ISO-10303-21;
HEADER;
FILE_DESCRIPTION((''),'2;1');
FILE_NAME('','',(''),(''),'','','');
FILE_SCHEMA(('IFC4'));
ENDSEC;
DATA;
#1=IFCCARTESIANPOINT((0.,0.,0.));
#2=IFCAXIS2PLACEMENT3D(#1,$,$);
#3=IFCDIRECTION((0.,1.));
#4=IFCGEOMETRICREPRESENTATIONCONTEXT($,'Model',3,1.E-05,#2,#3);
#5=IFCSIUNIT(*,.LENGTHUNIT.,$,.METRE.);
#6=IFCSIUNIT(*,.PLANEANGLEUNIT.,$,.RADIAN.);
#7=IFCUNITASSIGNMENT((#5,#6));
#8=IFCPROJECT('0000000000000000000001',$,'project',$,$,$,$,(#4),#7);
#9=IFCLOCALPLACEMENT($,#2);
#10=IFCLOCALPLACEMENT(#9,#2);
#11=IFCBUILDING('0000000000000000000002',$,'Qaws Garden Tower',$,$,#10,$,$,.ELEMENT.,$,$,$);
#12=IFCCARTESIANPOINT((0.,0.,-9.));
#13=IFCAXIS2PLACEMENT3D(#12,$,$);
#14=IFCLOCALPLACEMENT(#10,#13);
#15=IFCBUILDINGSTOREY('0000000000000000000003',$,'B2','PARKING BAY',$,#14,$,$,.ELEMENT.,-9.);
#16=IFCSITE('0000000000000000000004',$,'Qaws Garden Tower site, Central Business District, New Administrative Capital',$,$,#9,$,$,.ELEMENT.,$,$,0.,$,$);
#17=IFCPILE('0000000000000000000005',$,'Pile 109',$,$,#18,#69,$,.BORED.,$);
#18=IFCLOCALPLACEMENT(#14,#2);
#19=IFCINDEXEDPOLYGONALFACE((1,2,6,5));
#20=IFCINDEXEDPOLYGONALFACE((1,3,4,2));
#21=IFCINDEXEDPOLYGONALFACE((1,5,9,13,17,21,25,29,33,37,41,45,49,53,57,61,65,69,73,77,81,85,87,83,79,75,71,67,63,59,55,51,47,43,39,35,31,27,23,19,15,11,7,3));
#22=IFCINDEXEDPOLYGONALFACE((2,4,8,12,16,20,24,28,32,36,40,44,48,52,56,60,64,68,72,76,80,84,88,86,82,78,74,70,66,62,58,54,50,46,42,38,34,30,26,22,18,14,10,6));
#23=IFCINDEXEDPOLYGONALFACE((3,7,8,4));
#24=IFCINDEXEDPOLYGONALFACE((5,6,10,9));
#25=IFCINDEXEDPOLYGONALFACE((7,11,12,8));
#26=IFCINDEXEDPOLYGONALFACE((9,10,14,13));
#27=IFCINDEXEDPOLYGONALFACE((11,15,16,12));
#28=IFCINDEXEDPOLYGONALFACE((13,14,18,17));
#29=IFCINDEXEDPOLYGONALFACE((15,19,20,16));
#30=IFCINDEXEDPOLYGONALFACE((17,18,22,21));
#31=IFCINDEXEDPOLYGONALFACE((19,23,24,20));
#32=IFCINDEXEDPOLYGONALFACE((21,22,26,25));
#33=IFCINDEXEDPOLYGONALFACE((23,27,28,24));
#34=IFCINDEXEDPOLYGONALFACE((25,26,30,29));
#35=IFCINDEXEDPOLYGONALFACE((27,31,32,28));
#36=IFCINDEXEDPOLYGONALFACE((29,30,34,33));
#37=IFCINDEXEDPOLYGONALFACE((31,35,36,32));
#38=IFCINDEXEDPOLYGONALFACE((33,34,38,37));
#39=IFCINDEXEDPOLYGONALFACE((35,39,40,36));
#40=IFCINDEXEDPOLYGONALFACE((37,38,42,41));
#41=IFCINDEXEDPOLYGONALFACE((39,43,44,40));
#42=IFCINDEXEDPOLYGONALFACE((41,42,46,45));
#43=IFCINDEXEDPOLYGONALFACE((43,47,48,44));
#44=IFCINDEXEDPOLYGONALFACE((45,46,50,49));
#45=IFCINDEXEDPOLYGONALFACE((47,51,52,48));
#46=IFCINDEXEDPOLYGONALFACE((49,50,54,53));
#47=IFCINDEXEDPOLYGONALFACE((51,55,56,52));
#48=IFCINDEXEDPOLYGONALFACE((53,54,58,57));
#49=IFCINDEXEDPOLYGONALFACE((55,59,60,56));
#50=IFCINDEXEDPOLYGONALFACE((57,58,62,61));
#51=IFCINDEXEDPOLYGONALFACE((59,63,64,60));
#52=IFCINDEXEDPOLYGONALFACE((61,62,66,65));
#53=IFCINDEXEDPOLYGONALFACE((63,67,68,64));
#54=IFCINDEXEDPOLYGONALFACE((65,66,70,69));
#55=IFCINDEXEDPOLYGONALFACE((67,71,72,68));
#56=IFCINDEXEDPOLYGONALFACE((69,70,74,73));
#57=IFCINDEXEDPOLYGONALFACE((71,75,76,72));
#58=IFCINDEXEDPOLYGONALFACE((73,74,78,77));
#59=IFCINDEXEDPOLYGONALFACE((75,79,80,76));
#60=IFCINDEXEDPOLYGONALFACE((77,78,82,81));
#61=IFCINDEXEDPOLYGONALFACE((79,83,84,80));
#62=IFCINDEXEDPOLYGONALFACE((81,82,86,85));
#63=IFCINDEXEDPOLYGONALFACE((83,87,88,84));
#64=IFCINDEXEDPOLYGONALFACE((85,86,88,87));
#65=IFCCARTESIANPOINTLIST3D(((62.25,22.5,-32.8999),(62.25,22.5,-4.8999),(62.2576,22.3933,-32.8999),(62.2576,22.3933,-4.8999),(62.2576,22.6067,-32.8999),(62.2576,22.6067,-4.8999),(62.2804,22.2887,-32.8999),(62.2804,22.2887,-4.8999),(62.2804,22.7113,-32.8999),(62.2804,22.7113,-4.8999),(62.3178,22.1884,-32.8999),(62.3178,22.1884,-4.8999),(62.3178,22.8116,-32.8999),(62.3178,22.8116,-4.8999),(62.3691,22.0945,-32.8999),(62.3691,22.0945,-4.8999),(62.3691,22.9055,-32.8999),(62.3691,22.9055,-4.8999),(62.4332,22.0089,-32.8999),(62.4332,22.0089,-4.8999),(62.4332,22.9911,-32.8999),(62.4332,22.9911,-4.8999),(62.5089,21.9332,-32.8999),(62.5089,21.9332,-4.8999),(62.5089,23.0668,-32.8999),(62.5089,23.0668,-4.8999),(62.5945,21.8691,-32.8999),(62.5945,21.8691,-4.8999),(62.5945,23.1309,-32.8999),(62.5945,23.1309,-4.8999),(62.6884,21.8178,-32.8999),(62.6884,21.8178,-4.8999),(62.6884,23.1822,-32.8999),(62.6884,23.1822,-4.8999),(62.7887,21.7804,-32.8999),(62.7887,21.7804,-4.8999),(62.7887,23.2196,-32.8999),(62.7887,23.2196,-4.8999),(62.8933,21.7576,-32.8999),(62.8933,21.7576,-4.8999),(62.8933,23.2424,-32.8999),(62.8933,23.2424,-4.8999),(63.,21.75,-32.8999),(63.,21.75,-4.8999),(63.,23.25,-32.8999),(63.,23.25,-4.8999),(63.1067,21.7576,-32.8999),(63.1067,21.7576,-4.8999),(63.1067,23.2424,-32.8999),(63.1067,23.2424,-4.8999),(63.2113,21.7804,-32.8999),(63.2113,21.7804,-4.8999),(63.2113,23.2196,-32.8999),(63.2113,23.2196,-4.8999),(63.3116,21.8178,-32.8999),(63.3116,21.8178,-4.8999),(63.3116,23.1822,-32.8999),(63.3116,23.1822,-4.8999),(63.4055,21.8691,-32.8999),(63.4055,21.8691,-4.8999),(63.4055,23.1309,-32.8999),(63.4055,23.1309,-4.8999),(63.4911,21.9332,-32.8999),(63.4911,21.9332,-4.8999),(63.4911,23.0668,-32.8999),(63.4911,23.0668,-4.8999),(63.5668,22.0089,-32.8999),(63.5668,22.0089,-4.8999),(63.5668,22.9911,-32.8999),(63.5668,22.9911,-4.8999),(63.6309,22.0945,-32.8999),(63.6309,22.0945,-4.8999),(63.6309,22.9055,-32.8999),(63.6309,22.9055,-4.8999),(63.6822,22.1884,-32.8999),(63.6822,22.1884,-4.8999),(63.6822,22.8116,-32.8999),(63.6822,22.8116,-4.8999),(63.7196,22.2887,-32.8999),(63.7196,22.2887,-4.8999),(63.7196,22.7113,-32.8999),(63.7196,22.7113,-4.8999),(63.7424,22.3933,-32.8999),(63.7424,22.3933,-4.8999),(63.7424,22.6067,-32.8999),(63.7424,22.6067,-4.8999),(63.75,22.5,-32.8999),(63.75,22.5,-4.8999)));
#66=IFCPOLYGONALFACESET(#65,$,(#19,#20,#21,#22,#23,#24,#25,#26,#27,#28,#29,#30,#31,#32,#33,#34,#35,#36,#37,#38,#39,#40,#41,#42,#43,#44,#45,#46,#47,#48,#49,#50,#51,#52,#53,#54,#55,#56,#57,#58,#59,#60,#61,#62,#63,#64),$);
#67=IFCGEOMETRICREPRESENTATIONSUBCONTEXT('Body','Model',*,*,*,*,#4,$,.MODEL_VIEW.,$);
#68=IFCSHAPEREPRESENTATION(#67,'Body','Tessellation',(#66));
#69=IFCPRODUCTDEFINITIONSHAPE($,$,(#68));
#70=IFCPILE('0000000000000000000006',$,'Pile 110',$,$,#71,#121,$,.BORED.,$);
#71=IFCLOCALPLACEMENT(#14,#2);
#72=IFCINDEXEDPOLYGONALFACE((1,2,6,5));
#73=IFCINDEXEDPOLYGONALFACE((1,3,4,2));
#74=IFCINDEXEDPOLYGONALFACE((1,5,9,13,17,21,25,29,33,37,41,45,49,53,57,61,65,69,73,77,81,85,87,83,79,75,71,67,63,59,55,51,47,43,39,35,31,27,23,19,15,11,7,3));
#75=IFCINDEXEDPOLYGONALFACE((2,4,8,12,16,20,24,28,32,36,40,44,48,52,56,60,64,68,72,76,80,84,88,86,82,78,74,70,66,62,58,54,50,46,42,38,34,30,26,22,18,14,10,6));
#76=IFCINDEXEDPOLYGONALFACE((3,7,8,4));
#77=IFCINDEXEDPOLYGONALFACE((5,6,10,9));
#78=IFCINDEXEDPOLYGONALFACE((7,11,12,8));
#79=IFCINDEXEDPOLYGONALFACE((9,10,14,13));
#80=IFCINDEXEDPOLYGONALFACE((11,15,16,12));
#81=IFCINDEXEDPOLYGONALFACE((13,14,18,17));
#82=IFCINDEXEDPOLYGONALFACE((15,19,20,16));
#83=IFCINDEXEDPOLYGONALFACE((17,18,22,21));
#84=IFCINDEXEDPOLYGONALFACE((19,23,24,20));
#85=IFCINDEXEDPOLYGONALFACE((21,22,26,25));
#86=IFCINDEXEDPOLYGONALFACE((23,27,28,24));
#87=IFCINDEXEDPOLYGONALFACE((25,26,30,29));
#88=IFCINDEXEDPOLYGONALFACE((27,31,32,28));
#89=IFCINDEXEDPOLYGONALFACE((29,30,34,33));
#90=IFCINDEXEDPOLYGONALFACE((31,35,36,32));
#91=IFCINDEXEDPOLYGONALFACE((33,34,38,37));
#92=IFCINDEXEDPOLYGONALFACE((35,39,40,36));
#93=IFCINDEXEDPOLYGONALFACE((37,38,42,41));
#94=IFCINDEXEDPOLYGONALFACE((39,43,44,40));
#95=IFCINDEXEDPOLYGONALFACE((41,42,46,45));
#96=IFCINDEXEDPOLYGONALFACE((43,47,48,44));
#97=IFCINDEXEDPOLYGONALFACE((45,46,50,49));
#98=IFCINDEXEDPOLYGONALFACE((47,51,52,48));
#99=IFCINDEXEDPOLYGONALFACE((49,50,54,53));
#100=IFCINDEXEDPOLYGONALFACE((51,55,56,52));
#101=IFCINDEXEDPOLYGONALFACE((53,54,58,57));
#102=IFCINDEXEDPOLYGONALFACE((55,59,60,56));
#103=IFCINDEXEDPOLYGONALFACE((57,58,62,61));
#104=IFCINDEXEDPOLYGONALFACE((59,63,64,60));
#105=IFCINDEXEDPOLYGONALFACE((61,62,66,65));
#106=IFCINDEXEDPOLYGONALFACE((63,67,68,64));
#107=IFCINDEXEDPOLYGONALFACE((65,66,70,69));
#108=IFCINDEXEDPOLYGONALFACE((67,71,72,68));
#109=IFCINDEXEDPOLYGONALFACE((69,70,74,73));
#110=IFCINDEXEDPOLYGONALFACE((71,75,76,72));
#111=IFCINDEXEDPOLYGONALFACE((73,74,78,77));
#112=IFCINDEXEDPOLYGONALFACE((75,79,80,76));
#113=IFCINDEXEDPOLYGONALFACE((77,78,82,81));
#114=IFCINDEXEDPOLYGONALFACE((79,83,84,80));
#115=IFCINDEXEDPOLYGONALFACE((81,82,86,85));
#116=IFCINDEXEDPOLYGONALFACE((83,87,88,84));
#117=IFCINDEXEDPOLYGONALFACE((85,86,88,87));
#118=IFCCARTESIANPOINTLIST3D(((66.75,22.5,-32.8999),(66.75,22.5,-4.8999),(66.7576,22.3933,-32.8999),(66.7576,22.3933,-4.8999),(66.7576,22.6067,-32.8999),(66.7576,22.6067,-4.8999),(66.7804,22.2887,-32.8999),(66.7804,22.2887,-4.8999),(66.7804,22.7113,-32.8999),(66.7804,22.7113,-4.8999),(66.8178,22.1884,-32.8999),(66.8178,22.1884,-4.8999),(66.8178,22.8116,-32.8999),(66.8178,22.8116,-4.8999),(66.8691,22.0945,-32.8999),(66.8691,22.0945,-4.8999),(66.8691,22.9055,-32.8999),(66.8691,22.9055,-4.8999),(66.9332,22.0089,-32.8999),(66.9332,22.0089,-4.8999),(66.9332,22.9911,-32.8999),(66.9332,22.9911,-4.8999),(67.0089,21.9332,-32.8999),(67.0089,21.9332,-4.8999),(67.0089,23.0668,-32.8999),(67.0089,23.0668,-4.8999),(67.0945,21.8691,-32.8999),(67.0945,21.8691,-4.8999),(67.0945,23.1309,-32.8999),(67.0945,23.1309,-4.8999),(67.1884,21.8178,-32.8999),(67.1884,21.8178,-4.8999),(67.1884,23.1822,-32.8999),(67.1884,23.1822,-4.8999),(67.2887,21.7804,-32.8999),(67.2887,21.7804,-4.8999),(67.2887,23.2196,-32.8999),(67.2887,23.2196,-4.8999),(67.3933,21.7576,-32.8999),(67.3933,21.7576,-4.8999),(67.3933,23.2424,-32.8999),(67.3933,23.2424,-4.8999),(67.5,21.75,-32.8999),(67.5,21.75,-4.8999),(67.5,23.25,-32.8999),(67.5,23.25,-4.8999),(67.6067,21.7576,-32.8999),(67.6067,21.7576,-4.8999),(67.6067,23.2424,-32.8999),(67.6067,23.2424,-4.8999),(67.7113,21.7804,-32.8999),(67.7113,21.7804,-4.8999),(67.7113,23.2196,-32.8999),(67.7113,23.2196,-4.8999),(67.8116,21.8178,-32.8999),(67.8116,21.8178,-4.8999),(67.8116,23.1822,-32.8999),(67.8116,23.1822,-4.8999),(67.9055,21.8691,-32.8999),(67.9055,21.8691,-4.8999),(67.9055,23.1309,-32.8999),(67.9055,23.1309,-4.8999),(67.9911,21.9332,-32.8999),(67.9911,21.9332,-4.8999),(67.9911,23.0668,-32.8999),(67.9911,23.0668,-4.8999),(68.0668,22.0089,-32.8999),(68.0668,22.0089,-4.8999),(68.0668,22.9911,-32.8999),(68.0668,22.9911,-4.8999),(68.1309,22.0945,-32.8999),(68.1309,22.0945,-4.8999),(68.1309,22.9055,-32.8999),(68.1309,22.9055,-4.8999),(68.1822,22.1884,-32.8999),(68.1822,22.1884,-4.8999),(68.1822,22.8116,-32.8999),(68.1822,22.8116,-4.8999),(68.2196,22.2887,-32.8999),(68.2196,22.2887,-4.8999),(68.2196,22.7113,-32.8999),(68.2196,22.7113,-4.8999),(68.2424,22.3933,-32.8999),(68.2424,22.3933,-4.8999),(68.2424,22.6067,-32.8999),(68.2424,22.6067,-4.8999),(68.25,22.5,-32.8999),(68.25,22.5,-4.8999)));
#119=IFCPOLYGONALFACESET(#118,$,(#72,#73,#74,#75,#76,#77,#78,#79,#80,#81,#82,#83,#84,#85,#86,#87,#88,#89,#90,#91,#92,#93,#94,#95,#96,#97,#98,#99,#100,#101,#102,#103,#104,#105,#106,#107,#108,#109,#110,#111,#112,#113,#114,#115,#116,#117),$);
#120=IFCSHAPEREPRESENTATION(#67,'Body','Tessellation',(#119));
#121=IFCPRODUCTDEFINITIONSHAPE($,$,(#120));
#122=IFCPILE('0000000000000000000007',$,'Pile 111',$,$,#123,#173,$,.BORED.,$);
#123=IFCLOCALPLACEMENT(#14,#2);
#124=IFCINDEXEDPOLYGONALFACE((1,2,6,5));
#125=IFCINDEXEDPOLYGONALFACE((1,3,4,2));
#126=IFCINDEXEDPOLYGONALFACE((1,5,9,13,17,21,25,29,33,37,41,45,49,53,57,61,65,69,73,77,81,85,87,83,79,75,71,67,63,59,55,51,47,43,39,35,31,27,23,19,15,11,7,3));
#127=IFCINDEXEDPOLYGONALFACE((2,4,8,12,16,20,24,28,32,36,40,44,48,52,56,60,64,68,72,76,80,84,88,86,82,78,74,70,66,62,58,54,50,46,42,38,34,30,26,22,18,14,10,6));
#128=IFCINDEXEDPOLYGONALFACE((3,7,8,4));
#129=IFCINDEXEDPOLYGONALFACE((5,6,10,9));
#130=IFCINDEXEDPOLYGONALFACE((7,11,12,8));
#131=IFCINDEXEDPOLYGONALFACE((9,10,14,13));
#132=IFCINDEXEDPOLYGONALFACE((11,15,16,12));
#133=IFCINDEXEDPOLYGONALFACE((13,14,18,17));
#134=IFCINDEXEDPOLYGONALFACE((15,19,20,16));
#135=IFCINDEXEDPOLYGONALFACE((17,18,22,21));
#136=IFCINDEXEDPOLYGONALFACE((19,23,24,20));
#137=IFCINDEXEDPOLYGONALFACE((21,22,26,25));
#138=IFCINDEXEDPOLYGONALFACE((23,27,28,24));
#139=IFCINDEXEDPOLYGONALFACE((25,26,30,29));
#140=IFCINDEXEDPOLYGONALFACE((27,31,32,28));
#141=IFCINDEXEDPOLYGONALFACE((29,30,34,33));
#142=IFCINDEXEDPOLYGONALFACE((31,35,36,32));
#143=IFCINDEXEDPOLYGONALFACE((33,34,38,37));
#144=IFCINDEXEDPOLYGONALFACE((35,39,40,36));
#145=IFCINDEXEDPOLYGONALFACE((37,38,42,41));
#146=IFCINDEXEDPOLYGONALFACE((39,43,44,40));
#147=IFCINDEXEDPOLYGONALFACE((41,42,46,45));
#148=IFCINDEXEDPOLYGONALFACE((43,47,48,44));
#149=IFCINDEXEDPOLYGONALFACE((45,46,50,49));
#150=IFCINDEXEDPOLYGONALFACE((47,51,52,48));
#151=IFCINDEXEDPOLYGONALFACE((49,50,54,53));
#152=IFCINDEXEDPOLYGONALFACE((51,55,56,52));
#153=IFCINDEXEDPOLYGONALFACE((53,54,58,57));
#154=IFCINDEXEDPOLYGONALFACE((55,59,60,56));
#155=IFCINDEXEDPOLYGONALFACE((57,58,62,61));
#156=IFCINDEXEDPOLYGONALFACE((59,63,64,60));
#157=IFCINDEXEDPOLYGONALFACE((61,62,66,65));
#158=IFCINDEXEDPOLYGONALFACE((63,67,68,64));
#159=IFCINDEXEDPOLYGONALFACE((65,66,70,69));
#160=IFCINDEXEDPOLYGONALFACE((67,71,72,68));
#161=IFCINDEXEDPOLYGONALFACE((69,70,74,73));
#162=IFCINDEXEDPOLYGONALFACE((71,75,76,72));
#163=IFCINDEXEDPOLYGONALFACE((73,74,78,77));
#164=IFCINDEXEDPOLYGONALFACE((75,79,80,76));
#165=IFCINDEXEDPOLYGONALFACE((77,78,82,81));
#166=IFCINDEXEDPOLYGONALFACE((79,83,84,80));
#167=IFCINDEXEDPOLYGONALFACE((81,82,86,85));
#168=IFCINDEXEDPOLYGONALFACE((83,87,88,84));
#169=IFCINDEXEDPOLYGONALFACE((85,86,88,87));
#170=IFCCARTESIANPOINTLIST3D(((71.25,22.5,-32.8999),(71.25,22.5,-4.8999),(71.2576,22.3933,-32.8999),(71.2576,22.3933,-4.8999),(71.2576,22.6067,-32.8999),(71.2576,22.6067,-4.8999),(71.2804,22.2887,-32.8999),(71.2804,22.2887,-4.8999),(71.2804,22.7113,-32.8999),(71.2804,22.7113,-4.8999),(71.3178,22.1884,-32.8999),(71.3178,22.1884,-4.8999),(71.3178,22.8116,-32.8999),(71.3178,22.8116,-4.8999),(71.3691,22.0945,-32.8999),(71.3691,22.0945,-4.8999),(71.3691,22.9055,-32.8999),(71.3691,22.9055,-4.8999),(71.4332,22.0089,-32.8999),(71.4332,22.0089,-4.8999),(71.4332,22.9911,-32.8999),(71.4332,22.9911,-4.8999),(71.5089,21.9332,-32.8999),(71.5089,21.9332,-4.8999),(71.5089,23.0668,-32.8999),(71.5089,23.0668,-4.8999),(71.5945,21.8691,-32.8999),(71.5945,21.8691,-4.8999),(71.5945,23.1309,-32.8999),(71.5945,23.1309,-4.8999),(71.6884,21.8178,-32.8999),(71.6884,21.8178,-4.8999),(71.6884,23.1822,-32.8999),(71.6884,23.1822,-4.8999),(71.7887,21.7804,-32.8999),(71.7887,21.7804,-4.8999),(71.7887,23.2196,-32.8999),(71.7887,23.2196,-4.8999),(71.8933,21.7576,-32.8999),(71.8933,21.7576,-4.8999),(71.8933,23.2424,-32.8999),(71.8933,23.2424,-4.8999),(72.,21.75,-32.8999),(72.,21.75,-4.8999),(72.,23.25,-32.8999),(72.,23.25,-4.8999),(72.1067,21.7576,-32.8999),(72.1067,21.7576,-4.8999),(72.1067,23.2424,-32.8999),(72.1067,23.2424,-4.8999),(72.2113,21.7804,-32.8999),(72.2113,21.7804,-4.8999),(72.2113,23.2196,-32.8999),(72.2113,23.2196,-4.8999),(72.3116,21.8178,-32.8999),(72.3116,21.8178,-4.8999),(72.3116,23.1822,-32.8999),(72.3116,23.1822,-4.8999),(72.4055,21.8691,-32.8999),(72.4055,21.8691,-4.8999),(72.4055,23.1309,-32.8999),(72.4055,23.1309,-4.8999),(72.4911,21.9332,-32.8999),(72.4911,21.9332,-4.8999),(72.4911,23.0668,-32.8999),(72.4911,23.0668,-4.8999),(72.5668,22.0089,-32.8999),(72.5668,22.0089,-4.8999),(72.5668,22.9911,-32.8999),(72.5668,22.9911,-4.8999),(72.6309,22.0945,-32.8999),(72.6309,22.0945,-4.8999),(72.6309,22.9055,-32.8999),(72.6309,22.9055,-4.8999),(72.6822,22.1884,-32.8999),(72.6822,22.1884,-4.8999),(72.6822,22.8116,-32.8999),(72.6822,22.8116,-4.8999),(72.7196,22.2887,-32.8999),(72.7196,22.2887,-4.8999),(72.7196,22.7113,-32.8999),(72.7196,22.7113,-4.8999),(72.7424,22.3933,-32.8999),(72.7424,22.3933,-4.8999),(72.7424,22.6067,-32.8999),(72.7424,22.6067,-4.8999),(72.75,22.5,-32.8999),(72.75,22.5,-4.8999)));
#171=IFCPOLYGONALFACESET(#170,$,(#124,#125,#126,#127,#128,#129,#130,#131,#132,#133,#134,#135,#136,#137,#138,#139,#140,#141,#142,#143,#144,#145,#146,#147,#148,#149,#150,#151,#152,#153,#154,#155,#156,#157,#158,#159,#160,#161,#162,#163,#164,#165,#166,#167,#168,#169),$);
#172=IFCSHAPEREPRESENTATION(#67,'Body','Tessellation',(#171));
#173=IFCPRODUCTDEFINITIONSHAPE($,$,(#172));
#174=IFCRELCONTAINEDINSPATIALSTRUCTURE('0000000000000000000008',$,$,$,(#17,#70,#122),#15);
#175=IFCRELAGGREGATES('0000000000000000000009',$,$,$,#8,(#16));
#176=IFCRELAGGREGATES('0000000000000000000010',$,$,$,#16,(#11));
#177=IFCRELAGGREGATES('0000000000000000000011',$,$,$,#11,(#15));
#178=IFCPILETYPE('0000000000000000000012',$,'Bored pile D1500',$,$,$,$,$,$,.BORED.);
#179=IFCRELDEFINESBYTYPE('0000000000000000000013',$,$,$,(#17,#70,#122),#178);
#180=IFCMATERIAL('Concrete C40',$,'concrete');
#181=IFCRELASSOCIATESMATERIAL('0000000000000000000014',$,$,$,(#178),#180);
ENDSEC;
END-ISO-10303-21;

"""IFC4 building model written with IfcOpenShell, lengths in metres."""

from ifc_helpers import new_model, si_unit, direction, frame, origin, origin_2d, place, context, subcontext, project, spatial, circle, extrude, material, material_profile, profile_set, type_object, element, save


model = new_model("IFC4")

# Units and contexts
model_context = context("Model", 3, precision=1e-05, world=origin(), true_north=direction((0.0, 1.0)))
body_context = subcontext(model_context, "Body", "Model", "MODEL_VIEW")
ifc_project = project(units=[si_unit("LENGTHUNIT", "METRE"), si_unit("PLANEANGLEUNIT", "RADIAN")], contexts=[model_context])

# Site, building, storey
site_placement = place(None, origin())
site = spatial("IfcSite", under=ifc_project, at=site_placement, Name="Qaws Garden Tower site, Central Business District, New Administrative Capital", CompositionType="ELEMENT", RefElevation=0.0)
building_placement = place(site_placement, origin())
building = spatial("IfcBuilding", under=site, at=building_placement, Name="Qaws Garden Tower", CompositionType="ELEMENT")
storey_placement = place(building_placement, frame((0.0, 0.0, -9.0)))
storey = spatial("IfcBuildingStorey", under=building, at=storey_placement, Name="B2", Description="PARKING BAY", CompositionType="ELEMENT", Elevation=-9.0)

# Piles
ifc_material_1 = material(Name="Concrete C40", Category="concrete")
ifc_material_profile_1 = material_profile(ifc_material_1, circle(Radius=0.75, at=origin_2d()), Name="Bored pile D1500")
ifc_profile_set_1 = profile_set([ifc_material_profile_1], Name="Concrete C40")
pile_type = type_object("IfcPileType", Name="Bored pile D1500", PredefinedType="BORED", material=ifc_profile_set_1)
for number, where, z_axis, x_axis, name in (
    (1, (63.0, 22.5, -4.8999), (0.0, 0.0, -1.0), (1.0, 0.0, 0.0), "Pile 109"),
    (2, (67.5, 22.5, -4.8999), (0.0, 0.0, -1.0), (1.0, 0.0, 0.0), "Pile 110"),
    (3, (72.0, 22.5, -4.8999), (0.0, 0.0, -1.0), (1.0, 0.0, 0.0), "Pile 111"),
):
    element("IfcPile", number, at=place(storey_placement, frame(where, z_axis=z_axis, x_axis=x_axis)), inside=storey, type_object=pile_type, Name=name, PredefinedType="BORED", context=body_context, shape_type="SweptSolid", body=[
        extrude(circle(Radius=0.75, at=origin_2d()), origin(), (0.0, 0.0, 1.0), 28.0),
    ])

save(model, "model.ifc")
